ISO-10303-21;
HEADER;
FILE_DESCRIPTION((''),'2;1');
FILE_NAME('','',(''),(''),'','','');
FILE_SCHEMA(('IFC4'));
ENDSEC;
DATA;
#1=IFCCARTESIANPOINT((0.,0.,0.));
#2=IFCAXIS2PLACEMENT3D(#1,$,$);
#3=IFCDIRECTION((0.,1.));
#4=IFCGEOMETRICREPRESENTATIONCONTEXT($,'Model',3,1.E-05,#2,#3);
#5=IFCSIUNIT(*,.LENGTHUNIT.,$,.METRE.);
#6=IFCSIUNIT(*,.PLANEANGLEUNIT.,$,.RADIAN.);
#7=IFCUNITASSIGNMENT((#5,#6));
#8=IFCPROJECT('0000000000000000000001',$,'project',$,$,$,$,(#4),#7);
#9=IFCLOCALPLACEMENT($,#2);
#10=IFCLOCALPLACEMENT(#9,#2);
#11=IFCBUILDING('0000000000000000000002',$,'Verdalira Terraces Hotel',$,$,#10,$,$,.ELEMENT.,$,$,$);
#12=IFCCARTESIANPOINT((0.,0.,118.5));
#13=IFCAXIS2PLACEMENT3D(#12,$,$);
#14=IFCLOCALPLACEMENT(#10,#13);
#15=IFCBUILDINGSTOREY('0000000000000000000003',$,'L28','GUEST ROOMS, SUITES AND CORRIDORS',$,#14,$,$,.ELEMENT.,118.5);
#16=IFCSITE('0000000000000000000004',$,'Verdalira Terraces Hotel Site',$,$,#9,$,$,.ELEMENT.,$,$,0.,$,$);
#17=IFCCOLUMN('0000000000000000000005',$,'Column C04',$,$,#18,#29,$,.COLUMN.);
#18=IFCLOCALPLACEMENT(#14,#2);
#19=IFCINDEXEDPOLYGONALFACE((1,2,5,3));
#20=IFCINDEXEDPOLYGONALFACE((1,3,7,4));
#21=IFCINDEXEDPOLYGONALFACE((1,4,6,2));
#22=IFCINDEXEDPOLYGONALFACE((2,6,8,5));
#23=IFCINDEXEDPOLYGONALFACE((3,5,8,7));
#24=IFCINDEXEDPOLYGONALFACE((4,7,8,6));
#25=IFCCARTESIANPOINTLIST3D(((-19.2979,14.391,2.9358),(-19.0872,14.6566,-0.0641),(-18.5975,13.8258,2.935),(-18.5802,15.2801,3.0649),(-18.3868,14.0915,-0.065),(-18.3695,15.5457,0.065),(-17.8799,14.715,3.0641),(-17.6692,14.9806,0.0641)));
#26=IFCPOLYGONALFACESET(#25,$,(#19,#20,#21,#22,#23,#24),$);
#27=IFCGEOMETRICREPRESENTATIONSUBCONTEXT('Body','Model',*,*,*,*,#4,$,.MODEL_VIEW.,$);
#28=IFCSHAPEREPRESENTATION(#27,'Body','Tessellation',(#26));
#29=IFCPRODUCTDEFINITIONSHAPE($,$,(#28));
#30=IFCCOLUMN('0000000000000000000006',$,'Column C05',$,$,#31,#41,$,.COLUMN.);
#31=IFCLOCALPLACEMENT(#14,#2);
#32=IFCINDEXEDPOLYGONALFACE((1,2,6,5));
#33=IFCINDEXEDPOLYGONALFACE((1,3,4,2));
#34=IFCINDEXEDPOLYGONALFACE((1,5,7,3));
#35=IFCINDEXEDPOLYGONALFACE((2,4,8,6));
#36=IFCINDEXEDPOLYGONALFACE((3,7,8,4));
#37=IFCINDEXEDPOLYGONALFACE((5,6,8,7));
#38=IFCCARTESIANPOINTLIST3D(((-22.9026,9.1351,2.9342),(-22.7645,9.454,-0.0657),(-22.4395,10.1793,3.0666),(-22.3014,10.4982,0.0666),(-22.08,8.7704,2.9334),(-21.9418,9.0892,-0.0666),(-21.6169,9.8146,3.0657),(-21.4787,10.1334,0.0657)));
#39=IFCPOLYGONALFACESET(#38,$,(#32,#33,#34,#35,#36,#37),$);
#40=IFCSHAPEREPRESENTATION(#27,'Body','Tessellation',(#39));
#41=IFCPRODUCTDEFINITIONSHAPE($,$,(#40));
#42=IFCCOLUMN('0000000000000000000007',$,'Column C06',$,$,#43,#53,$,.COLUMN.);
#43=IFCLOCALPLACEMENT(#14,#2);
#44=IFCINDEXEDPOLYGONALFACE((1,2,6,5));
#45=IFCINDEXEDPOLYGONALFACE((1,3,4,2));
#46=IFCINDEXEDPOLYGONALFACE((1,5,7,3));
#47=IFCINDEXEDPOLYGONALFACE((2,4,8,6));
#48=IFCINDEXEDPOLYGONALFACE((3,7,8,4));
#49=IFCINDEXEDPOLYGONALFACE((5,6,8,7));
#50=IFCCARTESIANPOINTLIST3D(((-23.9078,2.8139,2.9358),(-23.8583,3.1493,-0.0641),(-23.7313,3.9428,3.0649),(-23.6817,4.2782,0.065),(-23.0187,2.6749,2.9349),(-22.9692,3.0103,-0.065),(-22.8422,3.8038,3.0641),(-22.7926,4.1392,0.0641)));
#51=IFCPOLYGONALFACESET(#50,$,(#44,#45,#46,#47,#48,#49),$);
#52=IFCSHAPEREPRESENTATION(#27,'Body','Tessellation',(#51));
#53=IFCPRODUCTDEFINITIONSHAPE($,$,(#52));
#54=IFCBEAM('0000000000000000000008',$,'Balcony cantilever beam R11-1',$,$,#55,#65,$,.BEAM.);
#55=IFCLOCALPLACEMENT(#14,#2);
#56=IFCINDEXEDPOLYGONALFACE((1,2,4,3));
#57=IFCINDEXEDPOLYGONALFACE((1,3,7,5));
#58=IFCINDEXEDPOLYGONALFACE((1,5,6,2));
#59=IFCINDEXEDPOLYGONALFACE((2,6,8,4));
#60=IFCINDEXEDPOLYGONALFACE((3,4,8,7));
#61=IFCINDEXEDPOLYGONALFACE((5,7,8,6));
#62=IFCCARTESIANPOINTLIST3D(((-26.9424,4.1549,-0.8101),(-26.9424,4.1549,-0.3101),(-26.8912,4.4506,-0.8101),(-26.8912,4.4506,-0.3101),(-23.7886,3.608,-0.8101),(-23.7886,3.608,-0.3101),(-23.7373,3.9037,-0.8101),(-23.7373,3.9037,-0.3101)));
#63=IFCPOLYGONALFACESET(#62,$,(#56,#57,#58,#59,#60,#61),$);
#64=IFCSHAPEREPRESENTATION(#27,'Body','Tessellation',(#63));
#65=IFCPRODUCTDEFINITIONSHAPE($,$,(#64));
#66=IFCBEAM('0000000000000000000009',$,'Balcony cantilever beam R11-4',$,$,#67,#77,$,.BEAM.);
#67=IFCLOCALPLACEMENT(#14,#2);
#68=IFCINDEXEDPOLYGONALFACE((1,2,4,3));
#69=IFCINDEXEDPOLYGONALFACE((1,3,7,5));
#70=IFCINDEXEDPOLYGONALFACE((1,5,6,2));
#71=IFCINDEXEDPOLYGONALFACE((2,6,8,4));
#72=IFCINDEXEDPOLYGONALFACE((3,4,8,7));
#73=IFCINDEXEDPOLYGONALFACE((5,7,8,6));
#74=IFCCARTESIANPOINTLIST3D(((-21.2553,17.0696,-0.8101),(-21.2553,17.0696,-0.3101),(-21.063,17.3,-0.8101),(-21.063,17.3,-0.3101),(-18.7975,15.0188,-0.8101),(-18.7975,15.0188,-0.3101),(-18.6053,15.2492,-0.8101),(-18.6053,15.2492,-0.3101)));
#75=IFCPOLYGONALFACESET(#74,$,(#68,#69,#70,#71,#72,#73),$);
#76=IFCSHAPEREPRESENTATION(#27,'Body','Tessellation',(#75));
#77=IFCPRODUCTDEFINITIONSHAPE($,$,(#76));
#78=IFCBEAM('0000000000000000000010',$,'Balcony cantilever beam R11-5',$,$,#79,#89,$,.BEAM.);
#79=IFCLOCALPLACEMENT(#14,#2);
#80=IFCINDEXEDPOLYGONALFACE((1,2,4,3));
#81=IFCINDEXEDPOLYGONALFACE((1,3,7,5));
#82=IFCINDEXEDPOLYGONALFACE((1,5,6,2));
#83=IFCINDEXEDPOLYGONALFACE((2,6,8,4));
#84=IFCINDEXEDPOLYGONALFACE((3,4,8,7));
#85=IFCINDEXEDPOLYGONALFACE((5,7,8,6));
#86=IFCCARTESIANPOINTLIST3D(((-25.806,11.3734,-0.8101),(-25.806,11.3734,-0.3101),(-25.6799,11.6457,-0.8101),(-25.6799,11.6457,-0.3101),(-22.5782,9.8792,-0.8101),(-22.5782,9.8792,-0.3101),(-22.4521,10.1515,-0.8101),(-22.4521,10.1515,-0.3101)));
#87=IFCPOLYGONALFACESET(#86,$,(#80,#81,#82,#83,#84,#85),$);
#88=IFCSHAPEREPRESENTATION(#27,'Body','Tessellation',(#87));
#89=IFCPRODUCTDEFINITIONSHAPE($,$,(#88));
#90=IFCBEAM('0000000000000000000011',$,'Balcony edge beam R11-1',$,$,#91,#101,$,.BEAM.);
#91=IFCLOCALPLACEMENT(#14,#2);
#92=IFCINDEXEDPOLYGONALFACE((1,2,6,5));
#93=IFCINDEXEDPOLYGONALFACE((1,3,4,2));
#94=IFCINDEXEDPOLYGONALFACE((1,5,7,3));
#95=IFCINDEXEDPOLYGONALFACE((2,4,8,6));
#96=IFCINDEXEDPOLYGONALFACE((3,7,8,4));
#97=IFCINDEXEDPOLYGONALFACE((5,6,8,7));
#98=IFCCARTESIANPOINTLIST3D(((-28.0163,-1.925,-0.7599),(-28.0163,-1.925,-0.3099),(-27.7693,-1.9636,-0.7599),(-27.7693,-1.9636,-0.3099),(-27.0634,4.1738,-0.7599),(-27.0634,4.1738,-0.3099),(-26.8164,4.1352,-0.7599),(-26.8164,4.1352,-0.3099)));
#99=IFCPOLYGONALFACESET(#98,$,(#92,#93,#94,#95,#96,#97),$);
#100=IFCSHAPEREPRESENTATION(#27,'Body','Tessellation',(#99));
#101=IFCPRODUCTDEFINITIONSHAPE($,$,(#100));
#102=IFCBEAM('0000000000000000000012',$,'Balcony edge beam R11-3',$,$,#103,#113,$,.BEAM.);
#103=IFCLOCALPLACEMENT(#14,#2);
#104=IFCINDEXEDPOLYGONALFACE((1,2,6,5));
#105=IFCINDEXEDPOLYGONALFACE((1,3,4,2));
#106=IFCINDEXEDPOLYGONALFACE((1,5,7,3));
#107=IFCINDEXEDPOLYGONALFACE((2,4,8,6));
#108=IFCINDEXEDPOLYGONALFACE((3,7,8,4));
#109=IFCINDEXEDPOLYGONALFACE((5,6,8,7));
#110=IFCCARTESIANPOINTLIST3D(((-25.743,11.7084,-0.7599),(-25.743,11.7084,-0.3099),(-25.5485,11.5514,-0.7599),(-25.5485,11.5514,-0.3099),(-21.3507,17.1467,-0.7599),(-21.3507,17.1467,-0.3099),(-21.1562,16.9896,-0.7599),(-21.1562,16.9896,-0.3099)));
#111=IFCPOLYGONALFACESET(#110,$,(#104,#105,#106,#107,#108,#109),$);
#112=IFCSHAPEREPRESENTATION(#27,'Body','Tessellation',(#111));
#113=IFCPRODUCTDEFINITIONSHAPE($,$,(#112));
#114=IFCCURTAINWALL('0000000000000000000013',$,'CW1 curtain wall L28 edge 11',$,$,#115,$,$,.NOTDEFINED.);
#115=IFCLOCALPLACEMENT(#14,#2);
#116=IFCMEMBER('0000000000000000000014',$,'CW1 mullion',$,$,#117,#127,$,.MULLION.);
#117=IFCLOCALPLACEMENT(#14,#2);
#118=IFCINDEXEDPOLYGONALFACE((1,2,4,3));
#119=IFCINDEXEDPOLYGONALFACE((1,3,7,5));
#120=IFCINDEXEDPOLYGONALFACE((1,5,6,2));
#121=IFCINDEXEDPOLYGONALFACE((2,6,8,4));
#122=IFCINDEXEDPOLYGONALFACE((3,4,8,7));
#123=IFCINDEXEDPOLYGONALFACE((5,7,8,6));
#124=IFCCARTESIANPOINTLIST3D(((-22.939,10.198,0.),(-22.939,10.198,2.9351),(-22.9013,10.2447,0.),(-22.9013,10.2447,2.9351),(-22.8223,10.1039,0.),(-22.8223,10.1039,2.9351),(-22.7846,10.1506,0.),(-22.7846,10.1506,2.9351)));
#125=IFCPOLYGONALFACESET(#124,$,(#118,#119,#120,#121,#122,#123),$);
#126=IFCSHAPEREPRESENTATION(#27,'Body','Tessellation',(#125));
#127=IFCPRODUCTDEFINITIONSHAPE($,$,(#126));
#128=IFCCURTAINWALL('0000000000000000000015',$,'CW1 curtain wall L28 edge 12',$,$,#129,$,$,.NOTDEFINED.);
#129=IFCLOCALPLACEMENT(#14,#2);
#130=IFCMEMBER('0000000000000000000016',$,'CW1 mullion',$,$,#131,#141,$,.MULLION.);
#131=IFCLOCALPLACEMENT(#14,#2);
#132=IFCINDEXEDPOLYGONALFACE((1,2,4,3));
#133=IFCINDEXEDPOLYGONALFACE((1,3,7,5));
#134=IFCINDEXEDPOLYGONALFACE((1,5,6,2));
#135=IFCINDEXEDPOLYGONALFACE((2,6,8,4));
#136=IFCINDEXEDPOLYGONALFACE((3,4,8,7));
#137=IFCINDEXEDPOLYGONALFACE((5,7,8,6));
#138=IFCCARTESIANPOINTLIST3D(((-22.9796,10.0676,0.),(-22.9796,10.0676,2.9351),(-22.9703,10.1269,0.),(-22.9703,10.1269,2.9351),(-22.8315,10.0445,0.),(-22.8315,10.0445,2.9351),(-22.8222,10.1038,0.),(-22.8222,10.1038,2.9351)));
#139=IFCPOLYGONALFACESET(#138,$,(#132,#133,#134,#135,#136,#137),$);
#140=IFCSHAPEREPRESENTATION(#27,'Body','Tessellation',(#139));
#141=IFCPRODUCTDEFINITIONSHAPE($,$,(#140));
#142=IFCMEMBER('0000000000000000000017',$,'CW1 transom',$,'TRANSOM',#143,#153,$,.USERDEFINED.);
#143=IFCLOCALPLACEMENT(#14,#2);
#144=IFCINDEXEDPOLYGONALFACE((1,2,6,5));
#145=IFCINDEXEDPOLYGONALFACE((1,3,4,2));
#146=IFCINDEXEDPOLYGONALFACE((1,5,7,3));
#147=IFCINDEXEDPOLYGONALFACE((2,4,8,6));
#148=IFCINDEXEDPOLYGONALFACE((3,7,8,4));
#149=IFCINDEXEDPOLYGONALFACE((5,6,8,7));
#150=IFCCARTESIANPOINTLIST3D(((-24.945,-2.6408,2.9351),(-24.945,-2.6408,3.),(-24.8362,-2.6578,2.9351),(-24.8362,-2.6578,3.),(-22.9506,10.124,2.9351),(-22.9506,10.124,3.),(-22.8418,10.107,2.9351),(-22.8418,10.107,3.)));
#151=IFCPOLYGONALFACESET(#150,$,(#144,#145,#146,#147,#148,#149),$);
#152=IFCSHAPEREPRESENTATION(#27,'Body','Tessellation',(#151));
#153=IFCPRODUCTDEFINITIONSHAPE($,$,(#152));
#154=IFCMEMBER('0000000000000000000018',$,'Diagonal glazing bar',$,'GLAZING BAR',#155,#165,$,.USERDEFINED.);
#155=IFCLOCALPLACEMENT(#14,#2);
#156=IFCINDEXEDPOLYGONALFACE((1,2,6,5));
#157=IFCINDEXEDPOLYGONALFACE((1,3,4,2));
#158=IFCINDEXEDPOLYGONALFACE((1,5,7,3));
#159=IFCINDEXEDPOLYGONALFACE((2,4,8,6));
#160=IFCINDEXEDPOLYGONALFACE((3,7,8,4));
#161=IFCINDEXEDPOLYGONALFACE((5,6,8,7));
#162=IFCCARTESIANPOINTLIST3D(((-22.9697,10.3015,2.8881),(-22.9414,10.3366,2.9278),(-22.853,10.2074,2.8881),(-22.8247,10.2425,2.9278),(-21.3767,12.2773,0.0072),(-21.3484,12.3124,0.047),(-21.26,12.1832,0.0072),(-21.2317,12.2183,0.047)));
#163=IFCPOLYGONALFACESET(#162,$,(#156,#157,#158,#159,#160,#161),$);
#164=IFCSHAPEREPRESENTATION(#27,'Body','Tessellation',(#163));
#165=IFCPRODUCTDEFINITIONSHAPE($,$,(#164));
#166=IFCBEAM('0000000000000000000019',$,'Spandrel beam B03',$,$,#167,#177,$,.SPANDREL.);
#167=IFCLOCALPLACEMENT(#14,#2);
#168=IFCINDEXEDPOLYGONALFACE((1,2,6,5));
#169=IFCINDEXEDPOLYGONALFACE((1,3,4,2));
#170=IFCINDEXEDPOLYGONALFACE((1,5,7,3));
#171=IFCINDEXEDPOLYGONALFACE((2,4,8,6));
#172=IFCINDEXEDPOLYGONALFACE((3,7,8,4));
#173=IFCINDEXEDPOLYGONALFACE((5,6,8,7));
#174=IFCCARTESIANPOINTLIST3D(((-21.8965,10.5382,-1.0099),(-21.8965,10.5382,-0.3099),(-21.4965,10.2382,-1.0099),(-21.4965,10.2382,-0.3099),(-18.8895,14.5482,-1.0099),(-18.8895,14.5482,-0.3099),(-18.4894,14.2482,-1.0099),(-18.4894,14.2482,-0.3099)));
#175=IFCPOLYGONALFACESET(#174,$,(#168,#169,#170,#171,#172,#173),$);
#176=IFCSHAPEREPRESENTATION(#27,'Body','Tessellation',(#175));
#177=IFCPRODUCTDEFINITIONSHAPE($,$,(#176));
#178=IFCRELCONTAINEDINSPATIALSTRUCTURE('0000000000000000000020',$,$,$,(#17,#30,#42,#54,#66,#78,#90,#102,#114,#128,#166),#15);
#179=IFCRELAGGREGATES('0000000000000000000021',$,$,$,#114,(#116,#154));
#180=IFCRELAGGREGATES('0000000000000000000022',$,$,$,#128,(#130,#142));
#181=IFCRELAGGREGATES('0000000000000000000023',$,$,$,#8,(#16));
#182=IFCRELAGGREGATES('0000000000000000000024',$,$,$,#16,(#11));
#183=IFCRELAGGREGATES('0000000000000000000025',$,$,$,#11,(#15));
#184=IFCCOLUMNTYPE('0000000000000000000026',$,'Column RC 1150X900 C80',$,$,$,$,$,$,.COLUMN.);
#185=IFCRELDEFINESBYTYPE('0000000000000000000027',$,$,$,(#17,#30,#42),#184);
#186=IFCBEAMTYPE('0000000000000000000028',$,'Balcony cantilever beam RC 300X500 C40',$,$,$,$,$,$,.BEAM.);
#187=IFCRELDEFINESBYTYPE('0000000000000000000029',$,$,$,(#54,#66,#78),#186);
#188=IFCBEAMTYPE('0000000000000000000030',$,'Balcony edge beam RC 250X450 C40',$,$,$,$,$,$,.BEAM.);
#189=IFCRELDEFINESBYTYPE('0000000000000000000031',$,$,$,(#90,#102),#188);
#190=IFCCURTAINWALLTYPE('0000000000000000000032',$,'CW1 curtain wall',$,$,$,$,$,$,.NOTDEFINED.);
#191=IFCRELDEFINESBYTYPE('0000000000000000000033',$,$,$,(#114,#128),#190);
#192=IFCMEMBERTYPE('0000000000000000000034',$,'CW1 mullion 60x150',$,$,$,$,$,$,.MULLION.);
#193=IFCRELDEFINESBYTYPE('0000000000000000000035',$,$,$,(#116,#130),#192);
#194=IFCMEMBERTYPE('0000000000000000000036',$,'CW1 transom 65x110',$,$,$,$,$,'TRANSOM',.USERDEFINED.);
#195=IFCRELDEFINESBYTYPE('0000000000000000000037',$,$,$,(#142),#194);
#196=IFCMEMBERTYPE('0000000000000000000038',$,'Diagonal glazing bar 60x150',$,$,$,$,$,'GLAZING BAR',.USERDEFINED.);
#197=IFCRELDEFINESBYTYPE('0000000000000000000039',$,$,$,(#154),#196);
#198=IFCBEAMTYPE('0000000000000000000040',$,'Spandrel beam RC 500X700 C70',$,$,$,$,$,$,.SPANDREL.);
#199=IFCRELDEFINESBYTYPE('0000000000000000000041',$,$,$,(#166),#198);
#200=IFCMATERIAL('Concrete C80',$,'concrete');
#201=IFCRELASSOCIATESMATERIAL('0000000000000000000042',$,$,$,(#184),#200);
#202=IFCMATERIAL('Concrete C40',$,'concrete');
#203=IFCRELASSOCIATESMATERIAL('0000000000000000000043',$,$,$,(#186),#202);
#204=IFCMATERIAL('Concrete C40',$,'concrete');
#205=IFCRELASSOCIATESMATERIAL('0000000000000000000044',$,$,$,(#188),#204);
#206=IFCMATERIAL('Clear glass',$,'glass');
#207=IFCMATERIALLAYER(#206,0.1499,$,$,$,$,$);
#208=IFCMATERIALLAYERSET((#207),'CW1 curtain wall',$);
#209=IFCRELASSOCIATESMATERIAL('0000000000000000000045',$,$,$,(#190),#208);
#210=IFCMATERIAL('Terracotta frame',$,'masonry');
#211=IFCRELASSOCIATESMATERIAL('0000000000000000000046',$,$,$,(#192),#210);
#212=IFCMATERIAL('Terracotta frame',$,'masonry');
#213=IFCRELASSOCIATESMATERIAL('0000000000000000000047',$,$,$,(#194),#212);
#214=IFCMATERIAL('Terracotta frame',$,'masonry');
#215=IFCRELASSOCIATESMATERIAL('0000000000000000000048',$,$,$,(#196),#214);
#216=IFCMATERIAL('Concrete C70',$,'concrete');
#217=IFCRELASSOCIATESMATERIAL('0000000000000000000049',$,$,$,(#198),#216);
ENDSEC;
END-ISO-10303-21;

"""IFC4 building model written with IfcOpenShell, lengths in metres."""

from ifc_helpers import new_model, si_unit, direction, frame, origin, origin_2d, place, context, subcontext, project, spatial, rectangle, extrude, material, layer, layer_set, material_profile, profile_set, type_object, element, aggregate, save


model = new_model("IFC4")

# Units and contexts
model_context = context("Model", 3, precision=1e-05, world=origin(), true_north=direction((0.0, 1.0)))
body_context = subcontext(model_context, "Body", "Model", "MODEL_VIEW")
ifc_project = project(units=[si_unit("LENGTHUNIT", "METRE"), si_unit("PLANEANGLEUNIT", "RADIAN")], contexts=[model_context])

# Site, building, storey
site_placement = place(None, origin())
site = spatial("IfcSite", under=ifc_project, at=site_placement, Name="Verdalira Terraces Hotel Site", CompositionType="ELEMENT", RefElevation=0.0)
building_placement = place(site_placement, origin())
building = spatial("IfcBuilding", under=site, at=building_placement, Name="Verdalira Terraces Hotel", CompositionType="ELEMENT")
storey_placement = place(building_placement, frame((0.0, 0.0, 118.5)))
storey = spatial("IfcBuildingStorey", under=building, at=storey_placement, Name="L28", Description="GUEST ROOMS, SUITES AND CORRIDORS", CompositionType="ELEMENT", Elevation=118.5)

# Columns
ifc_material_1 = material(Name="Concrete C80", Category="concrete")
ifc_material_profile_1 = material_profile(ifc_material_1, rectangle(XDim=1.1499, YDim=0.8999, at=origin_2d()), Name="RC 1150X900")
ifc_profile_set_1 = profile_set([ifc_material_profile_1], Name="Concrete C80")
column_type = type_object("IfcColumnType", Name="Column RC 1150X900 C80", PredefinedType="COLUMN", material=ifc_profile_set_1)
column_1_placement = place(storey_placement, frame((-18.3782, 14.8186, 0.0), z_axis=(-0.069787, -0.087982, 0.993675), x_axis=(-0.624093, -0.773238, -0.112295)))
element("IfcColumn", 1, at=column_1_placement, inside=storey, type_object=column_type, Name="Column C04", PredefinedType="COLUMN", context=body_context, shape_type="SweptSolid", body=[
    extrude(rectangle(XDim=1.1499, YDim=0.8999, at=origin_2d()), origin(), (0.0, 0.0, 1.0), 3.019),
])
column_2_placement = place(storey_placement, frame((-22.1216, 9.7937, 0.0), z_axis=(-0.045755, -0.105577, 0.993358), x_axis=(0.40273, 0.908058, 0.115061)))
element("IfcColumn", 2, at=column_2_placement, inside=storey, type_object=column_type, Name="Column C05", PredefinedType="COLUMN", context=body_context, shape_type="SweptSolid", body=[
    extrude(rectangle(XDim=1.1499, YDim=0.8999, at=origin_2d()), origin(), (0.0, 0.0, 1.0), 3.02),
])
column_3_placement = place(storey_placement, frame((-23.3254, 3.6443, 0.0), z_axis=(-0.016416, -0.111109, 0.993673), x_axis=(-0.153568, -0.981735, -0.112311)))
element("IfcColumn", 3, at=column_3_placement, inside=storey, type_object=column_type, Name="Column C06", PredefinedType="COLUMN", context=body_context, shape_type="SweptSolid", body=[
    extrude(rectangle(XDim=1.1499, YDim=0.8999, at=origin_2d()), origin(), (0.0, 0.0, 1.0), 3.019),
])

# Beams
ifc_material_2 = material(Name="Concrete C40", Category="concrete")
ifc_material_profile_2 = material_profile(ifc_material_2, rectangle(XDim=0.3, YDim=0.5, at=origin_2d()), Name="RC 300X500")
ifc_profile_set_2 = profile_set([ifc_material_profile_2], Name="Concrete C40")
beam_type_1 = type_object("IfcBeamType", Name="Balcony cantilever beam RC 300X500 C40", PredefinedType="BEAM", material=ifc_profile_set_2)
for number, where, z_axis, x_axis, name in (
    (4, (-23.7629, 3.7559, -0.5601), (-0.985297, 0.170852, 0.0), (-0.170852, -0.985297, 0.0), "Balcony cantilever beam R11-1"),
    (5, (-18.7014, 15.134, -0.5601), (-0.767815, 0.640672, 0.0), (-0.640672, -0.767815, 0.0), "Balcony cantilever beam R11-4"),
):
    element("IfcBeam", number, at=place(storey_placement, frame(where, z_axis=z_axis, x_axis=x_axis)), inside=storey, type_object=beam_type_1, Name=name, PredefinedType="BEAM", context=body_context, shape_type="SweptSolid", body=[
        extrude(rectangle(XDim=0.3, YDim=0.5, at=origin_2d()), origin(), (0.0, 0.0, 1.0), 3.2009),
    ])
beam_1_placement = place(storey_placement, frame((-22.5151, 10.0154, -0.5601), z_axis=(-0.907489, 0.420076, 0.0), x_axis=(-0.420076, -0.907489, 0.0)))
element("IfcBeam", 6, at=beam_1_placement, inside=storey, type_object=beam_type_1, Name="Balcony cantilever beam R11-5", PredefinedType="BEAM", context=body_context, shape_type="SweptSolid", body=[
    extrude(rectangle(XDim=0.3, YDim=0.5, at=origin_2d()), origin(), (0.0, 0.0, 1.0), 3.5569),
])
ifc_material_3 = material(Name="Concrete C40", Category="concrete")
ifc_material_profile_3 = material_profile(ifc_material_3, rectangle(XDim=0.25, YDim=0.45, at=origin_2d()), Name="RC 250X450")
ifc_profile_set_3 = profile_set([ifc_material_profile_3], Name="Concrete C40")
beam_type_2 = type_object("IfcBeamType", Name="Balcony edge beam RC 250X450 C40", PredefinedType="BEAM", material=ifc_profile_set_3)
beam_2_placement = place(storey_placement, frame((-26.9399, 4.1545, -0.5349), z_axis=(-0.154366, -0.988014, 0.0), x_axis=(0.988014, -0.154366, 0.0)))
element("IfcBeam", 7, at=beam_2_placement, inside=storey, type_object=beam_type_2, Name="Balcony edge beam R11-1", PredefinedType="BEAM", context=body_context, shape_type="SweptSolid", body=[
    extrude(rectangle(XDim=0.25, YDim=0.45, at=origin_2d()), origin(), (0.0, 0.0, 1.0), 6.1729),
])
beam_3_placement = place(storey_placement, frame((-21.2534, 17.0681, -0.5349), z_axis=(-0.62833, -0.777947, 0.0), x_axis=(0.777947, -0.62833, 0.0)))
element("IfcBeam", 8, at=beam_3_placement, inside=storey, type_object=beam_type_2, Name="Balcony edge beam R11-3", PredefinedType="BEAM", context=body_context, shape_type="SweptSolid", body=[
    extrude(rectangle(XDim=0.25, YDim=0.45, at=origin_2d()), origin(), (0.0, 0.0, 1.0), 6.9905),
])

# Curtain wall, member
ifc_material_4 = material(Name="Clear glass", Category="glass")
ifc_layer_1 = layer(ifc_material_4, 0.1499)
ifc_layer_set_1 = layer_set([ifc_layer_1], Name="CW1 curtain wall")
curtain_wall_type = type_object("IfcCurtainWallType", Name="CW1 curtain wall", PredefinedType="NOTDEFINED", material=ifc_layer_set_1)
curtain_wall_1_placement = place(storey_placement, origin())
curtain_wall_1 = element("IfcCurtainWall", 9, at=curtain_wall_1_placement, inside=storey, type_object=curtain_wall_type, Name="CW1 curtain wall L28 edge 11", PredefinedType="NOTDEFINED")
ifc_material_5 = material(Name="Terracotta frame", Category="masonry")
ifc_material_profile_4 = material_profile(ifc_material_5, rectangle(XDim=0.0601, YDim=0.1499, at=origin_2d()), Name="MU 60x150")
ifc_profile_set_4 = profile_set([ifc_material_profile_4], Name="Terracotta frame")
member_type_1 = type_object("IfcMemberType", Name="CW1 mullion 60x150", PredefinedType="MULLION", material=ifc_profile_set_4)
member_1_placement = place(storey_placement, frame((-22.8618, 10.1743, 0.0), z_axis=(0.0, 0.0, 1.0), x_axis=(-0.627691, -0.778462, 0.0)))
member_1 = element("IfcMember", 10, at=member_1_placement, type_object=member_type_1, Name="CW1 mullion", PredefinedType="MULLION", context=body_context, shape_type="SweptSolid", body=[
    extrude(rectangle(XDim=0.0601, YDim=0.1499, at=origin_2d()), origin(), (0.0, 0.0, 1.0), 2.9351),
])

# Curtain wall, members
curtain_wall_2_placement = place(storey_placement, origin())
curtain_wall_2 = element("IfcCurtainWall", 11, at=curtain_wall_2_placement, inside=storey, type_object=curtain_wall_type, Name="CW1 curtain wall L28 edge 12", PredefinedType="NOTDEFINED")
member_2_placement = place(storey_placement, frame((-22.9009, 10.0857, 0.0), z_axis=(0.0, 0.0, 1.0), x_axis=(-0.154366, -0.988014, 0.0)))
member_2 = element("IfcMember", 12, at=member_2_placement, type_object=member_type_1, Name="CW1 mullion", PredefinedType="MULLION", context=body_context, shape_type="SweptSolid", body=[
    extrude(rectangle(XDim=0.0601, YDim=0.1499, at=origin_2d()), origin(), (0.0, 0.0, 1.0), 2.9351),
])
ifc_material_6 = material(Name="Terracotta frame", Category="masonry")
ifc_material_profile_5 = material_profile(ifc_material_6, rectangle(XDim=0.1101, YDim=0.0649, at=origin_2d()), Name="TR 65x110")
ifc_profile_set_5 = profile_set([ifc_material_profile_5], Name="Terracotta frame")
member_type_2 = type_object("IfcMemberType", Name="CW1 transom 65x110", ElementType="TRANSOM", PredefinedType="USERDEFINED", material=ifc_profile_set_5)
member_3_placement = place(storey_placement, frame((-22.8962, 10.1155, 2.9675), z_axis=(-0.154367, -0.988014, 0.0), x_axis=(0.988014, -0.154367, 0.0)))
member_3 = element("IfcMember", 13, at=member_3_placement, type_object=member_type_2, Name="CW1 transom", ObjectType="TRANSOM", PredefinedType="USERDEFINED", context=body_context, shape_type="SweptSolid", body=[
    extrude(rectangle(XDim=0.1101, YDim=0.0649, at=origin_2d()), origin(), (0.0, 0.0, 1.0), 12.9197),
])

# Member
ifc_material_7 = material(Name="Terracotta frame", Category="masonry")
ifc_material_profile_6 = material_profile(ifc_material_7, rectangle(XDim=0.1499, YDim=0.0601, at=origin_2d()), Name="GB 60x150")
ifc_profile_set_6 = profile_set([ifc_material_profile_6], Name="Terracotta frame")
member_type_3 = type_object("IfcMemberType", Name="Diagonal glazing bar 60x150", ElementType="GLAZING BAR", PredefinedType="USERDEFINED", material=ifc_profile_set_6)
member_4_placement = place(storey_placement, frame((-21.3042, 12.2478, 0.0271), z_axis=(-0.414914, -0.51462, 0.750342), x_axis=(0.778489, -0.627658, 0.0)))
member_4 = element("IfcMember", 14, at=member_4_placement, type_object=member_type_3, Name="Diagonal glazing bar", ObjectType="GLAZING BAR", PredefinedType="USERDEFINED", context=body_context, shape_type="SweptSolid", body=[
    extrude(rectangle(XDim=0.1499, YDim=0.0601, at=origin_2d()), origin(), (0.0, 0.0, 1.0), 3.8394),
])

# Beam
ifc_material_8 = material(Name="Concrete C70", Category="concrete")
ifc_material_profile_7 = material_profile(ifc_material_8, rectangle(XDim=0.5, YDim=0.7, at=origin_2d()), Name="RC 500X700")
ifc_profile_set_7 = profile_set([ifc_material_profile_7], Name="Concrete C70")
beam_type_3 = type_object("IfcBeamType", Name="Spandrel beam RC 500X700 C70", PredefinedType="SPANDREL", material=ifc_profile_set_7)
beam_4_placement = place(storey_placement, frame((-18.6895, 14.3982, -0.6599), z_axis=(-0.599945, -0.800041, 0.0), x_axis=(0.800041, -0.599945, 0.0)))
element("IfcBeam", 15, at=beam_4_placement, inside=storey, type_object=beam_type_3, Name="Spandrel beam B03", PredefinedType="SPANDREL", context=body_context, shape_type="SweptSolid", body=[
    extrude(rectangle(XDim=0.5, YDim=0.7, at=origin_2d()), origin(), (0.0, 0.0, 1.0), 5.0122),
])

aggregate(curtain_wall_1, [member_1, member_4])
aggregate(curtain_wall_2, [member_2, member_3])

save(model, "model.ifc")
